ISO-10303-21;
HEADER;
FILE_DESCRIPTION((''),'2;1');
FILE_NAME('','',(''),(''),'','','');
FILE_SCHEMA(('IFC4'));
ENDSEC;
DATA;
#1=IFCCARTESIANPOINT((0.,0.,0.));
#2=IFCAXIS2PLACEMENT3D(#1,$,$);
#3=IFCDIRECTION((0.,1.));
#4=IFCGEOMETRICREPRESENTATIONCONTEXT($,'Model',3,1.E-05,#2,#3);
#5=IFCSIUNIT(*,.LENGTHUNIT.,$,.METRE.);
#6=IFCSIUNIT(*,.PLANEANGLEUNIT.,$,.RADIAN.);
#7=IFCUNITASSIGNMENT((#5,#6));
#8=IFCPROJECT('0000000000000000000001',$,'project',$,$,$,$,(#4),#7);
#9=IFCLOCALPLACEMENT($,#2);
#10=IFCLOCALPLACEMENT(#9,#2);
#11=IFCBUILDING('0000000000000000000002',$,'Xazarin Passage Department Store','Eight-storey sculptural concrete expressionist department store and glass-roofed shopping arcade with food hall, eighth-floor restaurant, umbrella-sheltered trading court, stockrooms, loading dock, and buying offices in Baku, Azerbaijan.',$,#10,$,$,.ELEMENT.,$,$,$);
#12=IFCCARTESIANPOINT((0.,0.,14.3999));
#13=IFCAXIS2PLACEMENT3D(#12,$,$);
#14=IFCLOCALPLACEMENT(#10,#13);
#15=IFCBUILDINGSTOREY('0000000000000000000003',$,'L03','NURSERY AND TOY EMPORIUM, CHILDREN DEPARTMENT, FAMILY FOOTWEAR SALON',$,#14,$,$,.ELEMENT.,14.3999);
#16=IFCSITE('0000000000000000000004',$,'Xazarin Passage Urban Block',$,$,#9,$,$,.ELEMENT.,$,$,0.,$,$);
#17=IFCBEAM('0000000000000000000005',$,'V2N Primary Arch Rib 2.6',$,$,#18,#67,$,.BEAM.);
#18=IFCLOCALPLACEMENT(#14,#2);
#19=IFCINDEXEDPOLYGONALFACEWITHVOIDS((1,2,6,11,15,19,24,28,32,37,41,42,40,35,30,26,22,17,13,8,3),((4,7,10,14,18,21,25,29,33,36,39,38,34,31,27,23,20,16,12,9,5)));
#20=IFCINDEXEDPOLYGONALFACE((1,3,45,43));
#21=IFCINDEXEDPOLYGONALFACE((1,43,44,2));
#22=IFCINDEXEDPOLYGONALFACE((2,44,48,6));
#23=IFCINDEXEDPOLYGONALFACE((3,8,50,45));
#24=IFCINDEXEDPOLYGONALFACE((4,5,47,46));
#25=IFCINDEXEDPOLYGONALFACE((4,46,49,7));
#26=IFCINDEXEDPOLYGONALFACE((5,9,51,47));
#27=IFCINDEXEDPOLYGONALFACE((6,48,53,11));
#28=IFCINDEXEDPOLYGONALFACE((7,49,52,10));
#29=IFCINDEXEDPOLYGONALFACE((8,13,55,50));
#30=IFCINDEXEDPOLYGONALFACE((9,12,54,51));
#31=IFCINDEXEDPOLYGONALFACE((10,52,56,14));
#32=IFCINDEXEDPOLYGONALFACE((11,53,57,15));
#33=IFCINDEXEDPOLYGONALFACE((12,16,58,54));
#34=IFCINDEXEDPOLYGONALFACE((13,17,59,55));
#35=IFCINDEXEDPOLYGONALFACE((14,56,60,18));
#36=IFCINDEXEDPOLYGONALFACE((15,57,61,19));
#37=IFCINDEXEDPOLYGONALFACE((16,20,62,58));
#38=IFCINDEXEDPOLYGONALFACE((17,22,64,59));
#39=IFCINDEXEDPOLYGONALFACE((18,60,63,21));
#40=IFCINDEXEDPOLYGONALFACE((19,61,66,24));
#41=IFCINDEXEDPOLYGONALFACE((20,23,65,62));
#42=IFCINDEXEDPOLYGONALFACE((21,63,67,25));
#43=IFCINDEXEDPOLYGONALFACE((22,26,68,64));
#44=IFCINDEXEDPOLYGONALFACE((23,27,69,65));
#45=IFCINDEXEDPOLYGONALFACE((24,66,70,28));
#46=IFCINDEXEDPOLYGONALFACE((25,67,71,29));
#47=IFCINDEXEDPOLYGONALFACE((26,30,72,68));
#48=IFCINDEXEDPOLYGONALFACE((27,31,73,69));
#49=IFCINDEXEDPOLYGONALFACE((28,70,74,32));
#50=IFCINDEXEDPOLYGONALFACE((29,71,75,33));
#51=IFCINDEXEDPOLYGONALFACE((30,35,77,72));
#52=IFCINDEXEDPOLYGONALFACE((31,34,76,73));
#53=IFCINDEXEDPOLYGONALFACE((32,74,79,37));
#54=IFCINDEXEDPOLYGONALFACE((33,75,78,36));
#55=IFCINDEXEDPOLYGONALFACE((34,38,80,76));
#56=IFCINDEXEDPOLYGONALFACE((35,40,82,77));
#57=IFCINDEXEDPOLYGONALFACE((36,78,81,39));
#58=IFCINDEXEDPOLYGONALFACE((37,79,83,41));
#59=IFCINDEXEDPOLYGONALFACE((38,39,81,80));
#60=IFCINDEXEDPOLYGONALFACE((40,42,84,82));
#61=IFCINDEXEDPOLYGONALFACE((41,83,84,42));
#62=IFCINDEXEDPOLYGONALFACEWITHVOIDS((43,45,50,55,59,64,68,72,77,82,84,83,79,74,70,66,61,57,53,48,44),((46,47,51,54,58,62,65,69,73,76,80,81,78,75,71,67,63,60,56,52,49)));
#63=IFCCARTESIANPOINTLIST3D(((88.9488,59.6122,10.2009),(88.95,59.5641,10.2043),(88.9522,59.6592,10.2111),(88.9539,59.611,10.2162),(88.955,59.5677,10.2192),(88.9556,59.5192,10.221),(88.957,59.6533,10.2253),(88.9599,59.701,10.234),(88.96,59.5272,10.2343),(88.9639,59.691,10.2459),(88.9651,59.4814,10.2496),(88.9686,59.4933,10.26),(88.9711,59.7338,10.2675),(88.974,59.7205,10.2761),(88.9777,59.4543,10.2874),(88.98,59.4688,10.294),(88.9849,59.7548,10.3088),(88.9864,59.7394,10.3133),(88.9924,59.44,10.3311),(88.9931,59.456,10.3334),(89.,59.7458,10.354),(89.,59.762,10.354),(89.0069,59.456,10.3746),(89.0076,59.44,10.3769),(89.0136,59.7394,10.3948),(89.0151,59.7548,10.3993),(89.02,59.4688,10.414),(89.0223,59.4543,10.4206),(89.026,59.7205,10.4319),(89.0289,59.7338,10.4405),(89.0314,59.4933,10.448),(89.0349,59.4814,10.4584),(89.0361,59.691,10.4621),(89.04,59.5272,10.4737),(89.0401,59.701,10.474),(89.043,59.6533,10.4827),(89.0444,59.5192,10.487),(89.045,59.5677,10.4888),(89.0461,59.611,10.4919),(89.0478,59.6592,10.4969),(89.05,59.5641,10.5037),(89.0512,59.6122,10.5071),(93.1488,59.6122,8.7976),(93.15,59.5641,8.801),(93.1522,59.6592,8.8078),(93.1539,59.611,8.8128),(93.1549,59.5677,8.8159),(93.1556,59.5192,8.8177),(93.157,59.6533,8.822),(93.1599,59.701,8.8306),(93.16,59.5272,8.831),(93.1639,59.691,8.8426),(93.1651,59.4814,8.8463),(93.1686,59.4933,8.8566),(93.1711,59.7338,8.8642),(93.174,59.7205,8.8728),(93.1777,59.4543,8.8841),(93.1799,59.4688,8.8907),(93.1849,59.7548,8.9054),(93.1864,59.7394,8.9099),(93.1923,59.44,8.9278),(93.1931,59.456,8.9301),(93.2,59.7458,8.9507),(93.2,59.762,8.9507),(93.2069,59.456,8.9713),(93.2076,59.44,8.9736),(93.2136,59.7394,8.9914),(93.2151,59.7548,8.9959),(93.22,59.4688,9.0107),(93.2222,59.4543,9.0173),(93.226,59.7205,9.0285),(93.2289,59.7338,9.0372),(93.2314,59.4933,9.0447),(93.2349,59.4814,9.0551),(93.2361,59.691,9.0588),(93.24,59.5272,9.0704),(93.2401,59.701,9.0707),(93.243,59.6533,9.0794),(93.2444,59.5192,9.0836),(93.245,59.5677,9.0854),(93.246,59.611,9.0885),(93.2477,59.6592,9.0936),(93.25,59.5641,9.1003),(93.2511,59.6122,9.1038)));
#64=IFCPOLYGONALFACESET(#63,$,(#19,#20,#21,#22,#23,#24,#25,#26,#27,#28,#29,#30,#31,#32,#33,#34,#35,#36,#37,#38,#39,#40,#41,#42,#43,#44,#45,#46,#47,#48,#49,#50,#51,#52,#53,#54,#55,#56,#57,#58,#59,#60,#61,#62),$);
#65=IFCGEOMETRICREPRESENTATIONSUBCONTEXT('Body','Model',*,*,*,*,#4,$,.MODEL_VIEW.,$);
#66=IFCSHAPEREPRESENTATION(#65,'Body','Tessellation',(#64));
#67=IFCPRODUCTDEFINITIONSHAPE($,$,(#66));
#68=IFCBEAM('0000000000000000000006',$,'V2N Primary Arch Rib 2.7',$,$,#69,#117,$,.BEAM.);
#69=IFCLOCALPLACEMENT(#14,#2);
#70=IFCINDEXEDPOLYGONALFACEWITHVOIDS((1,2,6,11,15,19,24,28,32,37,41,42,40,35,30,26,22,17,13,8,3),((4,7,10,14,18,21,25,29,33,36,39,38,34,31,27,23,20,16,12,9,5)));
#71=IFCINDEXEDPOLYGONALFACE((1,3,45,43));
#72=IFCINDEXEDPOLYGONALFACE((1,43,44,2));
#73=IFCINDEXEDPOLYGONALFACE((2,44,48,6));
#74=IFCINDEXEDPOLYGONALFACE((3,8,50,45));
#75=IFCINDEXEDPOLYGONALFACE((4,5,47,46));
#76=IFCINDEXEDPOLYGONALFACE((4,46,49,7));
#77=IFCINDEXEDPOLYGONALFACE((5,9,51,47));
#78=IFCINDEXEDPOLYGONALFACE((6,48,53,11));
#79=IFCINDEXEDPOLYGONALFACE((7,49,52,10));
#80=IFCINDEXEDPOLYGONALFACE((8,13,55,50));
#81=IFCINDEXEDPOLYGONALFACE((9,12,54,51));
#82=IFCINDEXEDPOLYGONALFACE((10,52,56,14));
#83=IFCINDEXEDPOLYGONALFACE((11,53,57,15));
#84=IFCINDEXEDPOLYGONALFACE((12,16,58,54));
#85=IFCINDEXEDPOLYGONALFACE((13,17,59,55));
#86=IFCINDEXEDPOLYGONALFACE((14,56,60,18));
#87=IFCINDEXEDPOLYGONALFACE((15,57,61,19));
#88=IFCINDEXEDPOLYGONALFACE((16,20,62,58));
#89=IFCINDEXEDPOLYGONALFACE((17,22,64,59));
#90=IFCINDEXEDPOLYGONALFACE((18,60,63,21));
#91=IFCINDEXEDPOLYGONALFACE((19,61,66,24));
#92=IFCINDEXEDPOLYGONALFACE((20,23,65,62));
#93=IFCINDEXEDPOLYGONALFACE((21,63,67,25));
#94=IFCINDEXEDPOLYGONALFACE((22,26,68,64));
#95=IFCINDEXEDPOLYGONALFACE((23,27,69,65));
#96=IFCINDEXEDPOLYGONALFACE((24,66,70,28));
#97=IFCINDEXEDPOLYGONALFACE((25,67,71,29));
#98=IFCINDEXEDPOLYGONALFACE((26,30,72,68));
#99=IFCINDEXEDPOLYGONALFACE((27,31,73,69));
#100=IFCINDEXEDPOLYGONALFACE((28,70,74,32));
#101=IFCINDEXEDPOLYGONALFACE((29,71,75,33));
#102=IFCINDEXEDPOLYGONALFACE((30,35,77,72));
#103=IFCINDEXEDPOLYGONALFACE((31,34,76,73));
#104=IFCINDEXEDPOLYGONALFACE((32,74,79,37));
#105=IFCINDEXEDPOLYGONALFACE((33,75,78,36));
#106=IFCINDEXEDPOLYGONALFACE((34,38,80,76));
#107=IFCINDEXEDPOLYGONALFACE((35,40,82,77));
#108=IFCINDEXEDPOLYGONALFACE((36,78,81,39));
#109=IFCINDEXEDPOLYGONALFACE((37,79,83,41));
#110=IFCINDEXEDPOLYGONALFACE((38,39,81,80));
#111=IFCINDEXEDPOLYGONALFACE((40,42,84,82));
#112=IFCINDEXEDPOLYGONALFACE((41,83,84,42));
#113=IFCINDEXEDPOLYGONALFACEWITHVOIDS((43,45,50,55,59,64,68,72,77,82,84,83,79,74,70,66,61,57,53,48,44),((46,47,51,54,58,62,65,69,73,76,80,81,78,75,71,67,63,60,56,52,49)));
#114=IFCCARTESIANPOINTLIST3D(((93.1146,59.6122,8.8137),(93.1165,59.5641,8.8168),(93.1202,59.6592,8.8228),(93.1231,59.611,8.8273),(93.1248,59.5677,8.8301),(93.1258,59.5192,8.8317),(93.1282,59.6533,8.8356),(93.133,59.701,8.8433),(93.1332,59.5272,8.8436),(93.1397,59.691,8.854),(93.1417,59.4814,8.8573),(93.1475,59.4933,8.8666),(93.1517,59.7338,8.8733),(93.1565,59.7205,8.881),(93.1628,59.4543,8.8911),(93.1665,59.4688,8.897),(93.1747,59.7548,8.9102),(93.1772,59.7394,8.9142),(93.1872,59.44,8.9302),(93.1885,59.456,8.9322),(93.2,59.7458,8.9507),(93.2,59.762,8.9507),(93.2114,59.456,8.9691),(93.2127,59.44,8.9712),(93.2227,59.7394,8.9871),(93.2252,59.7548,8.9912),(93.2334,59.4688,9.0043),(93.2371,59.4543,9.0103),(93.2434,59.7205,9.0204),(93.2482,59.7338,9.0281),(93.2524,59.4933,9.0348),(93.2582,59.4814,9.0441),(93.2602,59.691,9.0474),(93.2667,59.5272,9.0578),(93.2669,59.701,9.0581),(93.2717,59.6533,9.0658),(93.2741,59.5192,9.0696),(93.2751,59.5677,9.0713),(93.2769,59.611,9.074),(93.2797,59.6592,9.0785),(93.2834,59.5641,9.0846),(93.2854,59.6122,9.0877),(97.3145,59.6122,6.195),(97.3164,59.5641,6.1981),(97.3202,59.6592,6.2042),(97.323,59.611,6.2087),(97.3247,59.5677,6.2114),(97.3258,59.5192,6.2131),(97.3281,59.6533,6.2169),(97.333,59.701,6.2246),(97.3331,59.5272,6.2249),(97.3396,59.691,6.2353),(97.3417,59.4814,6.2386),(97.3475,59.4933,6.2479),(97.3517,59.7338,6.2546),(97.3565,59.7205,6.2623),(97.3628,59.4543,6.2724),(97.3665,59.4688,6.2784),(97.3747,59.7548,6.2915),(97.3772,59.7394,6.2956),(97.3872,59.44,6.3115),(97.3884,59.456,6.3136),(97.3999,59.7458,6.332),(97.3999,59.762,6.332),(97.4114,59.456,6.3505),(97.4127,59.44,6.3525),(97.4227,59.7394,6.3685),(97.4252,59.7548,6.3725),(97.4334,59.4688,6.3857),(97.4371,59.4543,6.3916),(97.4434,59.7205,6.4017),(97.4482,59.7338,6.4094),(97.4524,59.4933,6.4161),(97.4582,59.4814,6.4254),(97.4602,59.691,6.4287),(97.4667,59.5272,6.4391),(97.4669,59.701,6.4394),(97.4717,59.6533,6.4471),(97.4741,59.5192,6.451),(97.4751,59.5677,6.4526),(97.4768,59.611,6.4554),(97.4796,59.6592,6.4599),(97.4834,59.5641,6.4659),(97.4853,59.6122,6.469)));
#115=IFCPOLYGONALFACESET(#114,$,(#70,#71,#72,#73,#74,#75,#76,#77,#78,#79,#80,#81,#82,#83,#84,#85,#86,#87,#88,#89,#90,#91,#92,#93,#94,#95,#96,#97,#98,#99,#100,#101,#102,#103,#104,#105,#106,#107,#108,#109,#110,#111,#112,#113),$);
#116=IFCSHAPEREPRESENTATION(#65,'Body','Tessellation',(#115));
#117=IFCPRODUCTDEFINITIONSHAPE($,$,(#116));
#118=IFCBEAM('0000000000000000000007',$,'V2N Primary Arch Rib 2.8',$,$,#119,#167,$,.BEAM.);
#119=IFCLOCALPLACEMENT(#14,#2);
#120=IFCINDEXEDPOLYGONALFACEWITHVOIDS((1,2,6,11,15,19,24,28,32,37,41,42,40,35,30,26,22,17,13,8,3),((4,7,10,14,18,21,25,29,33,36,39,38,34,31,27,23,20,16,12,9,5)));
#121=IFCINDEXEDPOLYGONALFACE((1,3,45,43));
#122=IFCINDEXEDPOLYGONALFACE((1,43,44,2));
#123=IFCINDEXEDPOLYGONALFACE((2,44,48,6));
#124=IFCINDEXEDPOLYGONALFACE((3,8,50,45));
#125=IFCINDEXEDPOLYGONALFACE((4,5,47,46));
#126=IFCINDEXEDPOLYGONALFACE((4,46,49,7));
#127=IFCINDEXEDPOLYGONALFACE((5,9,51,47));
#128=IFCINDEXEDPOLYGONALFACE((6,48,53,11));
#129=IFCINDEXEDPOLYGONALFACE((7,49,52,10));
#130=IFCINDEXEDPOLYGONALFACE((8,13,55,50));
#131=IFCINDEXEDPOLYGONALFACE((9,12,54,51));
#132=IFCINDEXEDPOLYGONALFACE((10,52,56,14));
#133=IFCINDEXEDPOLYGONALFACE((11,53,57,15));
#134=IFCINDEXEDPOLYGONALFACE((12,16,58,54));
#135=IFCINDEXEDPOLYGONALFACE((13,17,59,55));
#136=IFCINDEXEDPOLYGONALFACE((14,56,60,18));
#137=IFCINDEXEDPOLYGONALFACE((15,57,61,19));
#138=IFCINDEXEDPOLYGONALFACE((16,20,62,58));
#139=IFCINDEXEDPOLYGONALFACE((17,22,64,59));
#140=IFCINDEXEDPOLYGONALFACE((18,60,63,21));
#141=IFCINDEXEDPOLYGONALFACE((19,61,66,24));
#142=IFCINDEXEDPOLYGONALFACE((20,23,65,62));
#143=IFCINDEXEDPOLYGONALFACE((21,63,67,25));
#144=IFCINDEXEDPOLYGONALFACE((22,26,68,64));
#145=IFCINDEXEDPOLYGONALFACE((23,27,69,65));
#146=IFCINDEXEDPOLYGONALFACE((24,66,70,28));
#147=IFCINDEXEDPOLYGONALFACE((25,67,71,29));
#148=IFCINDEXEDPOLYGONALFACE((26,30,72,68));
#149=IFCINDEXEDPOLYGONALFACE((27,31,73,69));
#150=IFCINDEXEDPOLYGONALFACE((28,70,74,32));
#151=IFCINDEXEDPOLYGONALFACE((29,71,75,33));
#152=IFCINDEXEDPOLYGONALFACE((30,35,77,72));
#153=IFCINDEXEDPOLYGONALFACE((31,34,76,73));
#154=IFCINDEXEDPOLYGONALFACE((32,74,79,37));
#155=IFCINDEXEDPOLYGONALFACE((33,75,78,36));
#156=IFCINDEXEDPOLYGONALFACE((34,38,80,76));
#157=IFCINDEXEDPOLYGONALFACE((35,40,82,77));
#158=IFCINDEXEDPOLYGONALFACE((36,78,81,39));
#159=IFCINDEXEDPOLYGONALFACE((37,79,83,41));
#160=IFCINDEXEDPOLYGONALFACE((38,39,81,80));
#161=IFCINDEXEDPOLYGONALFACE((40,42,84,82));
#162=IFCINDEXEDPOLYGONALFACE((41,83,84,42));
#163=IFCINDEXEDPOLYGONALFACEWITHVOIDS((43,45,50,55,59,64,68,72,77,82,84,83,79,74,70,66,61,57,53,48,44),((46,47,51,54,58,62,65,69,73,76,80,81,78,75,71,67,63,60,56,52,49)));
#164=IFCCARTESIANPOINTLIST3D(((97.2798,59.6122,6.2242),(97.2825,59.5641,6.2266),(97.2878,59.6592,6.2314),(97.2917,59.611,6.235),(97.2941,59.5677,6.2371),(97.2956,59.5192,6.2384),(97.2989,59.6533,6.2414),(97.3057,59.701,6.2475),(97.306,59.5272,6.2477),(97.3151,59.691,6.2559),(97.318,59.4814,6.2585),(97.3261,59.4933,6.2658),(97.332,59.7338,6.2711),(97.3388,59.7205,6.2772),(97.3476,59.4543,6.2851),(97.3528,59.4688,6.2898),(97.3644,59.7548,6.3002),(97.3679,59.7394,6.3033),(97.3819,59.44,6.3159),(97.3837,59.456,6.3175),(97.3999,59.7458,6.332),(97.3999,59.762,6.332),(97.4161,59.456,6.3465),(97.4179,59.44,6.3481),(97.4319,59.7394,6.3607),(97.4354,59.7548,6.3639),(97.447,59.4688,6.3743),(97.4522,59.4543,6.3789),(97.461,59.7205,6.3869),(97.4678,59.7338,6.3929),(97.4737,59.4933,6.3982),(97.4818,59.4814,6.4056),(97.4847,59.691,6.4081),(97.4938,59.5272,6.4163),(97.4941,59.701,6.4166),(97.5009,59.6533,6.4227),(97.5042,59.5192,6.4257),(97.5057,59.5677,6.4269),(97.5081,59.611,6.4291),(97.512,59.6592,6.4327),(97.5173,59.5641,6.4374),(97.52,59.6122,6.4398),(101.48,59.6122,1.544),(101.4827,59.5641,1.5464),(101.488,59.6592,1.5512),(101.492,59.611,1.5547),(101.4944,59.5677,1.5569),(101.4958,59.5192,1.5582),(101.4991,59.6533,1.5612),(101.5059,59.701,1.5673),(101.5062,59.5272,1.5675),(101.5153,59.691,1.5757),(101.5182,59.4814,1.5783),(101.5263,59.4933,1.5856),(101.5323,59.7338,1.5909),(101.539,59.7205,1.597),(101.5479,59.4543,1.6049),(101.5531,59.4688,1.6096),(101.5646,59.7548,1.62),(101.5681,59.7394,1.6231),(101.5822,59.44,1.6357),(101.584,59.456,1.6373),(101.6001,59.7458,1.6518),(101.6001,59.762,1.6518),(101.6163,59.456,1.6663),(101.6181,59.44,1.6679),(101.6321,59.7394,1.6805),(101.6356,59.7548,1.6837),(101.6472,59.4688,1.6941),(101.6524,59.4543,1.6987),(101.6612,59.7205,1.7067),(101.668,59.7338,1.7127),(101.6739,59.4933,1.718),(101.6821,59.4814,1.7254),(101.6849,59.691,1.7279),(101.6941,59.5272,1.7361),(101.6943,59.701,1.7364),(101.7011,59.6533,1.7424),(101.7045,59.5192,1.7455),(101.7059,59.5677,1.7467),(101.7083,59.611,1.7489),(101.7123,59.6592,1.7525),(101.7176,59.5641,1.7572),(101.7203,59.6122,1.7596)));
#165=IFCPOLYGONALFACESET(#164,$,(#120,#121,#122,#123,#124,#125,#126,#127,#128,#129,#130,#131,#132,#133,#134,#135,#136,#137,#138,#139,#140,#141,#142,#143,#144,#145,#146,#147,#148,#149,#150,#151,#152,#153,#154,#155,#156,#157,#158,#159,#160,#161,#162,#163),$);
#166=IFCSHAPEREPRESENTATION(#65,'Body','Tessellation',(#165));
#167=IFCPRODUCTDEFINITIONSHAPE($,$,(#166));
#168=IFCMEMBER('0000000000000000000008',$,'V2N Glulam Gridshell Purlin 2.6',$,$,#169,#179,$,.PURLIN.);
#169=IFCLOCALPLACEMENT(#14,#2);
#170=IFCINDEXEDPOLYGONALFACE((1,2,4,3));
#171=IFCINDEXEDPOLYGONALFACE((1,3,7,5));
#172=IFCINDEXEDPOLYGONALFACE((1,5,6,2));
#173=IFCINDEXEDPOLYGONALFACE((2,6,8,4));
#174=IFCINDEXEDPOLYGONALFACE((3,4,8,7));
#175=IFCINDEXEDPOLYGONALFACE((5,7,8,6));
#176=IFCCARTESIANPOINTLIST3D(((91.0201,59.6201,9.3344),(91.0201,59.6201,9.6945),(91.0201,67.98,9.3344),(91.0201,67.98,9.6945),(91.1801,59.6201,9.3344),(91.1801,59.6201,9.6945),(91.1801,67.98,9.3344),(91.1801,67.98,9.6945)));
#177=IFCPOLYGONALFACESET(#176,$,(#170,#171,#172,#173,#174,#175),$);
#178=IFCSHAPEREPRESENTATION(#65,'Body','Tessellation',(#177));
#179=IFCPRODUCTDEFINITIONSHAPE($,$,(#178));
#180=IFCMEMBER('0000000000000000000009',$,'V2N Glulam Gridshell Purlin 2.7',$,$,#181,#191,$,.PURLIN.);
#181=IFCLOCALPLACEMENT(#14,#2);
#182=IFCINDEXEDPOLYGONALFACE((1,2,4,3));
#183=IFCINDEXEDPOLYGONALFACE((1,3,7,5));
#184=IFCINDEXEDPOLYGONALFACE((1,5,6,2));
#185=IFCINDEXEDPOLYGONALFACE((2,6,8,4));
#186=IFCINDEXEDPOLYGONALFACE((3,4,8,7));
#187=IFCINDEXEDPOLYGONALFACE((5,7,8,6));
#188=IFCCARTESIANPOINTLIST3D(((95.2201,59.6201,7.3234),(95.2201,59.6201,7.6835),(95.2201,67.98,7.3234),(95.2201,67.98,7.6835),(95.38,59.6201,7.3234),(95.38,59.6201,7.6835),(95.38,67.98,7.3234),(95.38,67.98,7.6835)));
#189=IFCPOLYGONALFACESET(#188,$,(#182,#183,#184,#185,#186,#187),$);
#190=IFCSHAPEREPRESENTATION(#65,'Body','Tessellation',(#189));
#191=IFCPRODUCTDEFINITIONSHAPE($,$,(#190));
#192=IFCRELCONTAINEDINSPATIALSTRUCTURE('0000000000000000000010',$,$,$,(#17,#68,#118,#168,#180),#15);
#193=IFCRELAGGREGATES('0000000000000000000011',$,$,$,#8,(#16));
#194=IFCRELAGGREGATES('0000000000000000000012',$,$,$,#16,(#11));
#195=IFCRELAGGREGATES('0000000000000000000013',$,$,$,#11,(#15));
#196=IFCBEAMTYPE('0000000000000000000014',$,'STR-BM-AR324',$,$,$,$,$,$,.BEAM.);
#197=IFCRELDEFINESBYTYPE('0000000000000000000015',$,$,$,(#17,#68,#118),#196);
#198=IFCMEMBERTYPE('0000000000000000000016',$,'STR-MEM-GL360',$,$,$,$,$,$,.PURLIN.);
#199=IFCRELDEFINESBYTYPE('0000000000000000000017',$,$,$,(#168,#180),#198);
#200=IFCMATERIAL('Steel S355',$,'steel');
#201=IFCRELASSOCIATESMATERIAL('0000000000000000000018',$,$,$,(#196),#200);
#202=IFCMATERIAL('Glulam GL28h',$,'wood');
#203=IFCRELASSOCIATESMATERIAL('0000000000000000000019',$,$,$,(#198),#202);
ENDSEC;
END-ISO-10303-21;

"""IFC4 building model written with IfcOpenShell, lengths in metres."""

from ifc_helpers import new_model, si_unit, direction, frame, origin, origin_2d, place, context, subcontext, project, spatial, rectangle, hollow_circle, extrude, material, material_profile, profile_set, type_object, element, save


model = new_model("IFC4")

# Units and contexts
model_context = context("Model", 3, precision=1e-05, world=origin(), true_north=direction((0.0, 1.0)))
body_context = subcontext(model_context, "Body", "Model", "MODEL_VIEW")
ifc_project = project(units=[si_unit("LENGTHUNIT", "METRE"), si_unit("PLANEANGLEUNIT", "RADIAN")], contexts=[model_context])

# Site, building, storey
site_placement = place(None, origin())
site = spatial("IfcSite", under=ifc_project, at=site_placement, Name="Xazarin Passage Urban Block", CompositionType="ELEMENT", RefElevation=0.0)
building_placement = place(site_placement, origin())
building = spatial("IfcBuilding", under=site, at=building_placement, Name="Xazarin Passage Department Store", Description="Eight-storey sculptural concrete expressionist department store and glass-roofed shopping arcade with food hall, eighth-floor restaurant, umbrella-sheltered trading court, stockrooms, loading dock, and buying offices in Baku, Azerbaijan.", CompositionType="ELEMENT")
storey_placement = place(building_placement, frame((0.0, 0.0, 14.3999)))
storey = spatial("IfcBuildingStorey", under=building, at=storey_placement, Name="L03", Description="NURSERY AND TOY EMPORIUM, CHILDREN DEPARTMENT, FAMILY FOOTWEAR SALON", CompositionType="ELEMENT", Elevation=14.3999)

# Beams
ifc_material_1 = material(Name="Steel S355", Category="steel")
ifc_material_profile_1 = material_profile(ifc_material_1, hollow_circle(Radius=0.1619, WallThickness=0.0161, at=origin_2d()), Name="CHS 323.9x16")
ifc_profile_set_1 = profile_set([ifc_material_profile_1], Name="Steel S355")
beam_type = type_object("IfcBeamType", Name="STR-BM-AR324", PredefinedType="BEAM", material=ifc_profile_set_1)
beam_1_placement = place(storey_placement, frame((89.0, 59.6001, 10.354), z_axis=(0.948457, 0.0, -0.316906), x_axis=(0.0, 1.0, 0.0)))
element("IfcBeam", 1, at=beam_1_placement, inside=storey, type_object=beam_type, Name="V2N Primary Arch Rib 2.6", PredefinedType="BEAM", context=body_context, shape_type="SweptSolid", body=[
    extrude(hollow_circle(Radius=0.1619, WallThickness=0.0161, at=origin_2d()), origin(), (0.0, 0.0, 1.0), 4.4282),
])
beam_2_placement = place(storey_placement, frame((93.2, 59.6001, 8.9507), z_axis=(0.848571, 0.0, -0.529081), x_axis=(0.0, 1.0, 0.0)))
element("IfcBeam", 2, at=beam_2_placement, inside=storey, type_object=beam_type, Name="V2N Primary Arch Rib 2.7", PredefinedType="BEAM", context=body_context, shape_type="SweptSolid", body=[
    extrude(hollow_circle(Radius=0.1619, WallThickness=0.0161, at=origin_2d()), origin(), (0.0, 0.0, 1.0), 4.9495),
])
beam_3_placement = place(storey_placement, frame((97.3999, 59.6001, 6.332), z_axis=(0.667913, 0.0, -0.744239), x_axis=(0.0, 1.0, 0.0)))
element("IfcBeam", 3, at=beam_3_placement, inside=storey, type_object=beam_type, Name="V2N Primary Arch Rib 2.8", PredefinedType="BEAM", context=body_context, shape_type="SweptSolid", body=[
    extrude(hollow_circle(Radius=0.1619, WallThickness=0.0161, at=origin_2d()), origin(), (0.0, 0.0, 1.0), 6.2886),
])

# Members
ifc_material_2 = material(Name="Glulam GL28h", Category="wood")
ifc_material_profile_2 = material_profile(ifc_material_2, rectangle(XDim=0.1599, YDim=0.3601, at=origin_2d()), Name="GL28h 160x360")
ifc_profile_set_2 = profile_set([ifc_material_profile_2], Name="Glulam GL28h")
member_type_1 = type_object("IfcMemberType", Name="STR-MEM-GL360", PredefinedType="PURLIN", material=ifc_profile_set_2)
for number, where, z_axis, x_axis, name in (
    (4, (91.1001, 59.6201, 9.5144), (0.0, 1.0, 0.0), (-1.0, 0.0, 0.0), "V2N Glulam Gridshell Purlin 2.6"),
    (5, (95.3, 59.6201, 7.5034), (0.0, 1.0, 0.0), (-1.0, 0.0, 0.0), "V2N Glulam Gridshell Purlin 2.7"),
):
    element("IfcMember", number, at=place(storey_placement, frame(where, z_axis=z_axis, x_axis=x_axis)), inside=storey, type_object=member_type_1, Name=name, PredefinedType="PURLIN", context=body_context, shape_type="SweptSolid", body=[
        extrude(rectangle(XDim=0.1599, YDim=0.3601, at=origin_2d()), origin(), (0.0, 0.0, 1.0), 8.3599),
    ])

save(model, "model.ifc")
